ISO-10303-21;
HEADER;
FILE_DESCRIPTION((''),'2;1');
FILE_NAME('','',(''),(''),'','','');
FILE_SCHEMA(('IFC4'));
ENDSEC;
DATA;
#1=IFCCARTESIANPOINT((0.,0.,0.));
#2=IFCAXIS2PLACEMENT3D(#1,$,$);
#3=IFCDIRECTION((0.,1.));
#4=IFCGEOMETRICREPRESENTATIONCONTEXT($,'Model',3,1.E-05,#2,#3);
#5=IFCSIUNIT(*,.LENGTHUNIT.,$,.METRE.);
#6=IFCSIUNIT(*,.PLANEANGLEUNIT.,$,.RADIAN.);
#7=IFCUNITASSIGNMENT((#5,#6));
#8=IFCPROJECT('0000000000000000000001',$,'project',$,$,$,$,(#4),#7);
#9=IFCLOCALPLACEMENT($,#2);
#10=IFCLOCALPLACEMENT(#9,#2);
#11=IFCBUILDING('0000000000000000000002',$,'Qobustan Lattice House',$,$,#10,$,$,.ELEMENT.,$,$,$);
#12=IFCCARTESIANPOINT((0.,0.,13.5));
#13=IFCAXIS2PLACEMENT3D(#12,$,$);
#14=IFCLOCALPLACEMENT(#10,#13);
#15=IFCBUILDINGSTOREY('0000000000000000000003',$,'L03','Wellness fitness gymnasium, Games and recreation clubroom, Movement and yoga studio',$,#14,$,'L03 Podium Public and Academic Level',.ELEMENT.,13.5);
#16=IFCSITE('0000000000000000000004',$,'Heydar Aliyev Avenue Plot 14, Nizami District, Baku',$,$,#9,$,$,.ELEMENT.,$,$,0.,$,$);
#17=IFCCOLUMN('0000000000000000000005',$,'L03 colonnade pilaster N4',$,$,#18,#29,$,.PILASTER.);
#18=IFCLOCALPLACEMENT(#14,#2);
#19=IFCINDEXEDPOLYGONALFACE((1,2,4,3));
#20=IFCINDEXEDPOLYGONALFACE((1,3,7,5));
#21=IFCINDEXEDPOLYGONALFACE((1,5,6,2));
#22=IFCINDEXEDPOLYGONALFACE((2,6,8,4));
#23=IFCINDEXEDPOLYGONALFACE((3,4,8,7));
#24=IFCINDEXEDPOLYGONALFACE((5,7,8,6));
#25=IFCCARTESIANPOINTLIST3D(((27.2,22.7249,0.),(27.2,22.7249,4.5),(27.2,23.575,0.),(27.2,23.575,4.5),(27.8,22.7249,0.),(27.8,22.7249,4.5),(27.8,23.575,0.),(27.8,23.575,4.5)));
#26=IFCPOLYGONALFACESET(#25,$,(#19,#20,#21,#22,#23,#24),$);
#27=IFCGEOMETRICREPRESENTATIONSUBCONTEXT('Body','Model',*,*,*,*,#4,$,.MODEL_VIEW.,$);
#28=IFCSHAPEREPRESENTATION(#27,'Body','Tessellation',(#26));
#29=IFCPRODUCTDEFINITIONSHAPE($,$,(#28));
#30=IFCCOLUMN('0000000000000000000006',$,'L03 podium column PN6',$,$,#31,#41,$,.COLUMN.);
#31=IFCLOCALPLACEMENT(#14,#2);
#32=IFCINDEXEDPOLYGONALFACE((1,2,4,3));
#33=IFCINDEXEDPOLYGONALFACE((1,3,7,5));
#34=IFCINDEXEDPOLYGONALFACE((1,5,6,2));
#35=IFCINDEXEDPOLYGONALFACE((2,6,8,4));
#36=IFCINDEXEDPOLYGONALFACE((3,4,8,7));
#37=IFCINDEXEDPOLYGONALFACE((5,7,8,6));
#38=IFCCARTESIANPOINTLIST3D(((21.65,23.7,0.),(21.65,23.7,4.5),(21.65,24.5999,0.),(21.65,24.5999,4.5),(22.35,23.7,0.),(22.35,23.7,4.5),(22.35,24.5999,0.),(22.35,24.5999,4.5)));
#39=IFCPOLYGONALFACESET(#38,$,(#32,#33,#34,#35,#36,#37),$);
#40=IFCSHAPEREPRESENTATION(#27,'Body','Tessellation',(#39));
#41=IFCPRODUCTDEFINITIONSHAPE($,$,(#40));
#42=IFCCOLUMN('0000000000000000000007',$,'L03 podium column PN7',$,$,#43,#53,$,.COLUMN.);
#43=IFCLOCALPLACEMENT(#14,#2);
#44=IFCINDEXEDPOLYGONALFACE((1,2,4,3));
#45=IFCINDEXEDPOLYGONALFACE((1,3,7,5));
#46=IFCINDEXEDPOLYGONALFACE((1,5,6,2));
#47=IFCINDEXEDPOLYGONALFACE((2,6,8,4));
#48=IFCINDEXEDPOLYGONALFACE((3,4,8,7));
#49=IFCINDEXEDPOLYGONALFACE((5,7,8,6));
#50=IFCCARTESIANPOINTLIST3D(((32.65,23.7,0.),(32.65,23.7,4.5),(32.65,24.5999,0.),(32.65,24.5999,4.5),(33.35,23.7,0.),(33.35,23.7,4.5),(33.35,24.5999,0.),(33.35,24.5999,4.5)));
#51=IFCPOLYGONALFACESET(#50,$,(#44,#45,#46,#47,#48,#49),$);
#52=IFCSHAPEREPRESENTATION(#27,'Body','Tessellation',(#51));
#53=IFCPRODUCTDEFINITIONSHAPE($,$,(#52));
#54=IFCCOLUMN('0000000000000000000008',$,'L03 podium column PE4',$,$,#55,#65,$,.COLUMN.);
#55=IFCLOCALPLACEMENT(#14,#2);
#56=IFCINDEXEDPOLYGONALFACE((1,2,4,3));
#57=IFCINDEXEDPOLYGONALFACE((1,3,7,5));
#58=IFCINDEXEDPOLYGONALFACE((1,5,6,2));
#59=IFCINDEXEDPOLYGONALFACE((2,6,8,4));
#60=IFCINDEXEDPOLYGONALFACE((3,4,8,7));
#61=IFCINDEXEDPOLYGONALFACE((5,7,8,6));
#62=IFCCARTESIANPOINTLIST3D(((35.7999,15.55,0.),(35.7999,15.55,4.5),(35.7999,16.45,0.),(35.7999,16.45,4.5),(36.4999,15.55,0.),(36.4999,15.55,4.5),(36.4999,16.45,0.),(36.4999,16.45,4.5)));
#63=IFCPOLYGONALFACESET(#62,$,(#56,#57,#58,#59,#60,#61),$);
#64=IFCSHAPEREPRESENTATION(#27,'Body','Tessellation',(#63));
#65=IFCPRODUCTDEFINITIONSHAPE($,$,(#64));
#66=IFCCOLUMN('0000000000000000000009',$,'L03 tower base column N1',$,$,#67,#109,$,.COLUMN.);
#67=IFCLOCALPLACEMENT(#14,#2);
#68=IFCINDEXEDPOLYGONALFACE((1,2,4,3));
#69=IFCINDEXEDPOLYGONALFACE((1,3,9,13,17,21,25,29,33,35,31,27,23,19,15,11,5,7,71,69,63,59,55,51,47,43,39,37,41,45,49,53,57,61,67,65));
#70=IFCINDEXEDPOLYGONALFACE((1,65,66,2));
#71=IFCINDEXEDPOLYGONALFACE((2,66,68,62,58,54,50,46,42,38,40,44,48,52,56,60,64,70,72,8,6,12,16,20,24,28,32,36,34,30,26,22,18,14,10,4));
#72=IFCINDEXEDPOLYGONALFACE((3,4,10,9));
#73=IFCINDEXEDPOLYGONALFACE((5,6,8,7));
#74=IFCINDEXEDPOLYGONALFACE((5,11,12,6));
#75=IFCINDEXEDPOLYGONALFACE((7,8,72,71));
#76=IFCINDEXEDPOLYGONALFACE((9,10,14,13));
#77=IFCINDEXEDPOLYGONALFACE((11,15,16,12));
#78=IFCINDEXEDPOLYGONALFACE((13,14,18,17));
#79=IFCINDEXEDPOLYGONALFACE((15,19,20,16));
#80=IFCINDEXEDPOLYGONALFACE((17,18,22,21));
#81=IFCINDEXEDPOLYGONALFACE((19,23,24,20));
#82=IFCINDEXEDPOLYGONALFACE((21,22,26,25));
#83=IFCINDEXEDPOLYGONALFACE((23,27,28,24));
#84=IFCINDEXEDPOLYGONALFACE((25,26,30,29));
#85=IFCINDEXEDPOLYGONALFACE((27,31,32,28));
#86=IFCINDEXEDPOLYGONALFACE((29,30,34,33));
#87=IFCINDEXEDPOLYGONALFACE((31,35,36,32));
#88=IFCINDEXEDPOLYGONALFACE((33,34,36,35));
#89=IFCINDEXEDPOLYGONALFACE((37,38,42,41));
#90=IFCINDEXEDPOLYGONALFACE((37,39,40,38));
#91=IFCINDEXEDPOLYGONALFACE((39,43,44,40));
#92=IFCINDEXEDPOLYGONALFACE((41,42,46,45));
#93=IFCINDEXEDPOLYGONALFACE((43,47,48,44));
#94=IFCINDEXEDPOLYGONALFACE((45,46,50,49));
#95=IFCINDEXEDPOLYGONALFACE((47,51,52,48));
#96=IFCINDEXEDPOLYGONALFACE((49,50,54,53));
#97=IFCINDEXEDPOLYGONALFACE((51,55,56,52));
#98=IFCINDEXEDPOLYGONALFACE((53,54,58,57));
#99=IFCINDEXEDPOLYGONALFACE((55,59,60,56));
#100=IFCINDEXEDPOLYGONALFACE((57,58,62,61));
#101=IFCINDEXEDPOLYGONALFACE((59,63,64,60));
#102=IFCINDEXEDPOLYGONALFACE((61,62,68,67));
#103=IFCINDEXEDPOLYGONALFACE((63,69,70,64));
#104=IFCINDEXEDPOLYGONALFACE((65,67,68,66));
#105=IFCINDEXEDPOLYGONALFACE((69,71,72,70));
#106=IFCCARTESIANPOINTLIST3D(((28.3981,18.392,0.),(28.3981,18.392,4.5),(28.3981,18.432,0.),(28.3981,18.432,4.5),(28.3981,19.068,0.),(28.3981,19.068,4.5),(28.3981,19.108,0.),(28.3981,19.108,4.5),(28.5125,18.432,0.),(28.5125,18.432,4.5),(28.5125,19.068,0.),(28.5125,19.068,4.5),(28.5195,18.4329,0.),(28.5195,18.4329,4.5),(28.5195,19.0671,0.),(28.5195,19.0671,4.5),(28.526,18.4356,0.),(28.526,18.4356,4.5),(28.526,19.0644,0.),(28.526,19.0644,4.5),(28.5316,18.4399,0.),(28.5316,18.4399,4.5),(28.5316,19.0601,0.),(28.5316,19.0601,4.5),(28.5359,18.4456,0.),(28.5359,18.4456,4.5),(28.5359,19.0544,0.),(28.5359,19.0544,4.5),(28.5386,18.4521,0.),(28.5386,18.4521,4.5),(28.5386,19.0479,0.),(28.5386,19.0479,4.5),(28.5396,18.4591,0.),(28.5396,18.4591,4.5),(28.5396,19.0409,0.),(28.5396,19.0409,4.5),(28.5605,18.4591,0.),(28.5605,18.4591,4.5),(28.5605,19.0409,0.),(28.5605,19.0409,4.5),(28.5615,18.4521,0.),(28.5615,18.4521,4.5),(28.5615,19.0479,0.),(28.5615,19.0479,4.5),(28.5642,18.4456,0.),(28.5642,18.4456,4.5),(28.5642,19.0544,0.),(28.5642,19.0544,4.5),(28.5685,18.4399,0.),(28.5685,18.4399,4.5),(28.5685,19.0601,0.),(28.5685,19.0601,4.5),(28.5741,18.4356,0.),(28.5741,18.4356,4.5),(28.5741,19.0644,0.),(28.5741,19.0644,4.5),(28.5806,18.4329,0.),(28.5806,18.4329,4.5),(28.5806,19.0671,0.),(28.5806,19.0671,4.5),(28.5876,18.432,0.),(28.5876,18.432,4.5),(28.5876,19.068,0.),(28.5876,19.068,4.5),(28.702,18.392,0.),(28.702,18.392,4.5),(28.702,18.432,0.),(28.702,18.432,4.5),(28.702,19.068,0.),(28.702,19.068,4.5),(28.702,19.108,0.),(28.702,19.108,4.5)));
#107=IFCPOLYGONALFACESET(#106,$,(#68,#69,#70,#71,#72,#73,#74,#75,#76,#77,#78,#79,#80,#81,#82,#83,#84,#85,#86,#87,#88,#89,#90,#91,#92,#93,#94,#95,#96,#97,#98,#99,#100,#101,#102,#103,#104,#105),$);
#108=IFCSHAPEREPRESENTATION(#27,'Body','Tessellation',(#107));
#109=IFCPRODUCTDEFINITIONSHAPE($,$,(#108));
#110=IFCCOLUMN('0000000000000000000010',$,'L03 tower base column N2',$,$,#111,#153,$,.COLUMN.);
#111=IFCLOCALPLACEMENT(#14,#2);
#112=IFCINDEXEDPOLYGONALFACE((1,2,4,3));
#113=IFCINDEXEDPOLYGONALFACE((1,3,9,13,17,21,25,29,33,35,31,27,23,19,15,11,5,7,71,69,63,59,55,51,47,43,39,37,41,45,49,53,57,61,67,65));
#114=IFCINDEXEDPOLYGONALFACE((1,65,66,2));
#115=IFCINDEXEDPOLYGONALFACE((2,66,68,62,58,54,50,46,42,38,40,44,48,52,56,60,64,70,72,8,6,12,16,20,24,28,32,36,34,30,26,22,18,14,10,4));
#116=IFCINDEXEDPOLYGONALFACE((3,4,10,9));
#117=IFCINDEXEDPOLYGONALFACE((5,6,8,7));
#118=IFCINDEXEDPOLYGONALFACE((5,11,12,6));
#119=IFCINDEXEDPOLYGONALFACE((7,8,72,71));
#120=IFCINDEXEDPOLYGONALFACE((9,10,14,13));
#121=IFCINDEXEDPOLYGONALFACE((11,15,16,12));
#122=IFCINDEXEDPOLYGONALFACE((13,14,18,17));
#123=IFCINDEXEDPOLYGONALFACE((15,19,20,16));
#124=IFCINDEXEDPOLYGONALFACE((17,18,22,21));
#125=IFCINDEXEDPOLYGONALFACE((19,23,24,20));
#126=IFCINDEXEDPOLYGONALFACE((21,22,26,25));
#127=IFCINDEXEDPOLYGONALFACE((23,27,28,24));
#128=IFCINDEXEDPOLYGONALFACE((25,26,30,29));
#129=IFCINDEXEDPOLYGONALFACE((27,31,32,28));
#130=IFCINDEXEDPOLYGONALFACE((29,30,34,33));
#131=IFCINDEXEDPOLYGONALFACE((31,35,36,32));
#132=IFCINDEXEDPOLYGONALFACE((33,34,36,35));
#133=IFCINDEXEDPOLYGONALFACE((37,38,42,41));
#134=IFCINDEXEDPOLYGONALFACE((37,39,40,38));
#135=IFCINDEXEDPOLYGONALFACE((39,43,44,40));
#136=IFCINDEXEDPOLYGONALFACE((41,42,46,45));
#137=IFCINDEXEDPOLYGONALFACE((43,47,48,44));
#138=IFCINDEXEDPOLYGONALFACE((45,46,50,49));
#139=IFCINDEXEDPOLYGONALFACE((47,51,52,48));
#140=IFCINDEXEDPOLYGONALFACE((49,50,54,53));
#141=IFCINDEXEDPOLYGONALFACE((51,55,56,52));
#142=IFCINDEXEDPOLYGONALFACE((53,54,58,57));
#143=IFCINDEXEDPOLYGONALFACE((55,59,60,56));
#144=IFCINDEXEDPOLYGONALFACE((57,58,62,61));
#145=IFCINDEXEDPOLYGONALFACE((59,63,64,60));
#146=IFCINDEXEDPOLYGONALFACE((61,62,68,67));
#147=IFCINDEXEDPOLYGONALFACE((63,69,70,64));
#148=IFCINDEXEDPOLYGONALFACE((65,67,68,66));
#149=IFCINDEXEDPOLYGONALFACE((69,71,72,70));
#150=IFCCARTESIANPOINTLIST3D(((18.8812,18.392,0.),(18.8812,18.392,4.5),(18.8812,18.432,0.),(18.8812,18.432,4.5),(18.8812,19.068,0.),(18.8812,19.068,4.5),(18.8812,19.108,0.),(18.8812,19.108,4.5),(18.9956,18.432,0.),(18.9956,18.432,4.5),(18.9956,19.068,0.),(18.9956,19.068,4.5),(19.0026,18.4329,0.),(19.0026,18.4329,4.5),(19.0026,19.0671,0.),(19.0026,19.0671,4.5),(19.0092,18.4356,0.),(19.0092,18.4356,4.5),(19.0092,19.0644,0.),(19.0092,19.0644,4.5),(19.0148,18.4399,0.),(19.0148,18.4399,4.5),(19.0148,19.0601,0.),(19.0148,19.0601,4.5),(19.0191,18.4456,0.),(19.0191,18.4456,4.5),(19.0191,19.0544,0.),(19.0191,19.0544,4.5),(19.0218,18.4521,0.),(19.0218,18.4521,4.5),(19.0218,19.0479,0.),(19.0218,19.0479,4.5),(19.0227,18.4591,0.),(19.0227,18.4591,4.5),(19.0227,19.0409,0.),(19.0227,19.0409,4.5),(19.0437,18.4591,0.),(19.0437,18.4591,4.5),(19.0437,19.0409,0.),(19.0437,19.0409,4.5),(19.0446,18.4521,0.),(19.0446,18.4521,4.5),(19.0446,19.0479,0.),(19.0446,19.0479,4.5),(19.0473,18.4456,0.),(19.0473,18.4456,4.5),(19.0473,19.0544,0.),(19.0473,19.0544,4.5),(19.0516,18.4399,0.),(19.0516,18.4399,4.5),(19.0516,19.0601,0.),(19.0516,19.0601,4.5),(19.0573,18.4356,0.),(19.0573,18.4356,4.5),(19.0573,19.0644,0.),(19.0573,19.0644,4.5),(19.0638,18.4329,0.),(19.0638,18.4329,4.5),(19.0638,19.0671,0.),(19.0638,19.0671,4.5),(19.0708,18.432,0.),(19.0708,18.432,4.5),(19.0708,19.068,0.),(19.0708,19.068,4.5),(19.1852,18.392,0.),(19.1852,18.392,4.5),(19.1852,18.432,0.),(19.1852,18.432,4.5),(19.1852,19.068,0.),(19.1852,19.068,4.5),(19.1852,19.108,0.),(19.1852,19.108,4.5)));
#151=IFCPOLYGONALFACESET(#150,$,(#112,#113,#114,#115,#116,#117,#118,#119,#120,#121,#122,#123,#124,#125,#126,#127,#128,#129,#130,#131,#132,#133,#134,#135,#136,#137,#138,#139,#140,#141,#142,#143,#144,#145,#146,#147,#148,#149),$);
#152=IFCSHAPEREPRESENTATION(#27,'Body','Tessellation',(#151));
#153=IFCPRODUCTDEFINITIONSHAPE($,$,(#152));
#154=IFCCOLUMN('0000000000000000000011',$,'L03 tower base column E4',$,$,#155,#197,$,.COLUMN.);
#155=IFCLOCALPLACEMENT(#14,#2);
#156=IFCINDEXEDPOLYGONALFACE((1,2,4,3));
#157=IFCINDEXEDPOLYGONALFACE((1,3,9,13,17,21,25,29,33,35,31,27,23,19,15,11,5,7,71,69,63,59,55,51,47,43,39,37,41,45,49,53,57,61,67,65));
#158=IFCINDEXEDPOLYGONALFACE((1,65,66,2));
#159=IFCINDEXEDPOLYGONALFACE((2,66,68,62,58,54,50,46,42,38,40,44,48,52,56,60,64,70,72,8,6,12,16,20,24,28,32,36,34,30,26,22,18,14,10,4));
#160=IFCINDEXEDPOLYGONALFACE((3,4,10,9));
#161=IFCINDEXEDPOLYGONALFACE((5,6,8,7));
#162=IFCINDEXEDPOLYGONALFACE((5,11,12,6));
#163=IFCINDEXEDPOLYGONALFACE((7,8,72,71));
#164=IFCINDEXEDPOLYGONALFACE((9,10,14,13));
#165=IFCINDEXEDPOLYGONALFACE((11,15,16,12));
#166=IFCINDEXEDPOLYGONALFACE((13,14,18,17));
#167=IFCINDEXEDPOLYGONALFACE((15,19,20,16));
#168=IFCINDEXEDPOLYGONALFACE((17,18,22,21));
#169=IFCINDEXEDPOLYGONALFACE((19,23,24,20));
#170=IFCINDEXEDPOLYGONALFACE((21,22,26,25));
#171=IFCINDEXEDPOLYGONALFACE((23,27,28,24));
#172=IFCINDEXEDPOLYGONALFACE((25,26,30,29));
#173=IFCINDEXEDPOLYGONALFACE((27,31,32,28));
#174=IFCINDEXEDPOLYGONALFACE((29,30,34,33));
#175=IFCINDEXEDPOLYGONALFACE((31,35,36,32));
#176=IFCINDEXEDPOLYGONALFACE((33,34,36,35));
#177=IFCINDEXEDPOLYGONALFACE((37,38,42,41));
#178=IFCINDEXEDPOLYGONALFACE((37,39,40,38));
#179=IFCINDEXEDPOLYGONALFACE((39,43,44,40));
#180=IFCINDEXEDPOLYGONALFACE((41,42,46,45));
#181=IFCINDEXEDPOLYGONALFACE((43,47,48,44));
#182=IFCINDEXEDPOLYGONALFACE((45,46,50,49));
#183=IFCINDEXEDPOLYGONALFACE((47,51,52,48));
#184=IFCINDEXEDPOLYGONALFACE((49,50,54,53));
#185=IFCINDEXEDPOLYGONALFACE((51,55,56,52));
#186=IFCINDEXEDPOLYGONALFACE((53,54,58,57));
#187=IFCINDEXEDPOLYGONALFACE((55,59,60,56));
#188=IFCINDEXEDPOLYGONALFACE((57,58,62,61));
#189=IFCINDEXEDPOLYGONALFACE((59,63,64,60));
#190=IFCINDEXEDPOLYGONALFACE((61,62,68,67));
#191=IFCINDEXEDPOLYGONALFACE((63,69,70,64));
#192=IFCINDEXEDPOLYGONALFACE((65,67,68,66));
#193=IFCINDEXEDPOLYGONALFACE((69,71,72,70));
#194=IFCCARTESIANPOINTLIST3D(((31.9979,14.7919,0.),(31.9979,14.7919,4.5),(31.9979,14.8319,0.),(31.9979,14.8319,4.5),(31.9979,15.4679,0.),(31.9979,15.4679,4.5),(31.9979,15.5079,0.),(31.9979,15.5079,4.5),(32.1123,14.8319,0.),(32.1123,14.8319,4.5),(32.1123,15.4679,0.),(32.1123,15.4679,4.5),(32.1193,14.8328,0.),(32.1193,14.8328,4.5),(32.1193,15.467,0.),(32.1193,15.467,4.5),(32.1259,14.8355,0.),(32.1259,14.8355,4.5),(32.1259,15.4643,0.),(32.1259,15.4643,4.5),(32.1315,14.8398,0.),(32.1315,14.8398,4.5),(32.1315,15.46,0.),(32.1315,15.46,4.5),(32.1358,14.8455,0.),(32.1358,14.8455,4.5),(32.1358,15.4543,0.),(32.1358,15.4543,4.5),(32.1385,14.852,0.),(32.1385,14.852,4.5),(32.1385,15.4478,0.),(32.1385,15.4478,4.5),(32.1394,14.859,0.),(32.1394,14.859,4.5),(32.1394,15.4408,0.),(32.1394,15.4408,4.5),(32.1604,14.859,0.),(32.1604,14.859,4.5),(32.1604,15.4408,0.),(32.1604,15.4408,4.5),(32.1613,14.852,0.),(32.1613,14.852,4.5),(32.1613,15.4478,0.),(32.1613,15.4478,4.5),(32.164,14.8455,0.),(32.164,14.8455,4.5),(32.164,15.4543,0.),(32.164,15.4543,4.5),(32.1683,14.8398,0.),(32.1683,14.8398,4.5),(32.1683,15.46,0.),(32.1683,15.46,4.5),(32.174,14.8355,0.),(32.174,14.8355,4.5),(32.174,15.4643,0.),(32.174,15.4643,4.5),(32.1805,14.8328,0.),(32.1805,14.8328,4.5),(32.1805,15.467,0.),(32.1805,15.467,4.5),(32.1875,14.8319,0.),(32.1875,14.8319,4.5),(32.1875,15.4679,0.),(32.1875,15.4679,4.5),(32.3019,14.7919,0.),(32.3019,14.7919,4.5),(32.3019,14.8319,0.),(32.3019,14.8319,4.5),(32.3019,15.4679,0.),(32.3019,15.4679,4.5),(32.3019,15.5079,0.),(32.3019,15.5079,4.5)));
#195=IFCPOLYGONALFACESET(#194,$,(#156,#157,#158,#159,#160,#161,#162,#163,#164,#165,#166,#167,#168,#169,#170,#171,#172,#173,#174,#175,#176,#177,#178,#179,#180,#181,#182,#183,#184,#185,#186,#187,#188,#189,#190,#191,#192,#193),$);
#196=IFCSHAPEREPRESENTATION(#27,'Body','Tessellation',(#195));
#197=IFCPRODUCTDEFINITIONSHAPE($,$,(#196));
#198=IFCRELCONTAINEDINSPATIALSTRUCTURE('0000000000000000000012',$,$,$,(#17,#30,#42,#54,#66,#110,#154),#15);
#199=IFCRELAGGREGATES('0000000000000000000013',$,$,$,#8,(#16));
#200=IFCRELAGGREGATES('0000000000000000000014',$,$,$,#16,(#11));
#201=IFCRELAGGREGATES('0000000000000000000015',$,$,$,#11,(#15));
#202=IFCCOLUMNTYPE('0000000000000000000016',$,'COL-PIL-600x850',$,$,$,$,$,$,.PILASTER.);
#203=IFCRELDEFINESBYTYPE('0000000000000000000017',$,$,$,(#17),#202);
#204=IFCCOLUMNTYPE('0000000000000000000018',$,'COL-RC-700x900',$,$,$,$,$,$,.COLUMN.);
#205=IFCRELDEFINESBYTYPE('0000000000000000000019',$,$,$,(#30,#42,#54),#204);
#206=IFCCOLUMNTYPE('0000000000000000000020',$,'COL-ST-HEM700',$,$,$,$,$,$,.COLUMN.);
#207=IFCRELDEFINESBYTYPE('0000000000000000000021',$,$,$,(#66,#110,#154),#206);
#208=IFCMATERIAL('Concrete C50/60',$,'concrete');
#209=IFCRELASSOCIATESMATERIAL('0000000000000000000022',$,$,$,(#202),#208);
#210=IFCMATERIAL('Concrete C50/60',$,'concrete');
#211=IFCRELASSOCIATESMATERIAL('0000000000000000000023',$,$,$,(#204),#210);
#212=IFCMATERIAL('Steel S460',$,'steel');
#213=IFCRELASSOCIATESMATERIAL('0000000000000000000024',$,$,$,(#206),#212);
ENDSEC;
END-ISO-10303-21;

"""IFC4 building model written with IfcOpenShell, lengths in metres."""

from ifc_helpers import new_model, si_unit, direction, frame, origin, origin_2d, place, context, subcontext, project, spatial, rectangle, i_section, extrude, material, material_profile, profile_set, type_object, element, save


model = new_model("IFC4")

# Units and contexts
model_context = context("Model", 3, precision=1e-05, world=origin(), true_north=direction((0.0, 1.0)))
body_context = subcontext(model_context, "Body", "Model", "MODEL_VIEW")
ifc_project = project(units=[si_unit("LENGTHUNIT", "METRE"), si_unit("PLANEANGLEUNIT", "RADIAN")], contexts=[model_context])

# Site, building, storey
site_placement = place(None, origin())
site = spatial("IfcSite", under=ifc_project, at=site_placement, Name="Heydar Aliyev Avenue Plot 14, Nizami District, Baku", CompositionType="ELEMENT", RefElevation=0.0)
building_placement = place(site_placement, origin())
building = spatial("IfcBuilding", under=site, at=building_placement, Name="Qobustan Lattice House", CompositionType="ELEMENT")
storey_placement = place(building_placement, frame((0.0, 0.0, 13.5)))
storey = spatial("IfcBuildingStorey", under=building, at=storey_placement, Name="L03", Description="Wellness fitness gymnasium, Games and recreation clubroom, Movement and yoga studio", LongName="L03 Podium Public and Academic Level", CompositionType="ELEMENT", Elevation=13.5)

# Columns
ifc_material_1 = material(Name="Concrete C50/60", Category="concrete")
ifc_material_profile_1 = material_profile(ifc_material_1, rectangle(XDim=0.6001, YDim=0.8501, at=origin_2d()), Name="RC600x850")
ifc_profile_set_1 = profile_set([ifc_material_profile_1], Name="Concrete C50/60")
column_type_1 = type_object("IfcColumnType", Name="COL-PIL-600x850", PredefinedType="PILASTER", material=ifc_profile_set_1)
column_placement = place(storey_placement, frame((27.5, 23.1499, 0.0), z_axis=(0.0, 0.0, 1.0), x_axis=(1.0, 0.0, 0.0)))
element("IfcColumn", 1, at=column_placement, inside=storey, type_object=column_type_1, Name="L03 colonnade pilaster N4", PredefinedType="PILASTER", context=body_context, shape_type="SweptSolid", body=[
    extrude(rectangle(XDim=0.6001, YDim=0.8501, at=origin_2d()), origin(), (0.0, 0.0, 1.0), 4.5),
])
ifc_material_2 = material(Name="Concrete C50/60", Category="concrete")
ifc_material_profile_2 = material_profile(ifc_material_2, rectangle(XDim=0.7, YDim=0.8999, at=origin_2d()), Name="RC700x900")
ifc_profile_set_2 = profile_set([ifc_material_profile_2], Name="Concrete C50/60")
column_type_2 = type_object("IfcColumnType", Name="COL-RC-700x900", PredefinedType="COLUMN", material=ifc_profile_set_2)
for number, where, z_axis, x_axis, name in (
    (2, (22.0, 24.1499, 0.0), (0.0, 0.0, 1.0), (1.0, 0.0, 0.0), "L03 podium column PN6"),
    (3, (33.0, 24.1499, 0.0), (0.0, 0.0, 1.0), (1.0, 0.0, 0.0), "L03 podium column PN7"),
    (4, (36.1499, 16.0, 0.0), (0.0, 0.0, 1.0), (1.0, 0.0, 0.0), "L03 podium column PE4"),
):
    element("IfcColumn", number, at=place(storey_placement, frame(where, z_axis=z_axis, x_axis=x_axis)), inside=storey, type_object=column_type_2, Name=name, PredefinedType="COLUMN", context=body_context, shape_type="SweptSolid", body=[
        extrude(rectangle(XDim=0.7, YDim=0.8999, at=origin_2d()), origin(), (0.0, 0.0, 1.0), 4.5),
    ])
ifc_material_3 = material(Name="Steel S460", Category="steel")
ifc_material_profile_3 = material_profile(ifc_material_3, i_section(OverallWidth=0.304, OverallDepth=0.7161, WebThickness=0.021, FlangeThickness=0.04, FilletRadius=0.0271, at=origin_2d()), Name="HEM700")
ifc_profile_set_3 = profile_set([ifc_material_profile_3], Name="Steel S460")
column_type_3 = type_object("IfcColumnType", Name="COL-ST-HEM700", PredefinedType="COLUMN", material=ifc_profile_set_3)
for number, where, z_axis, x_axis, name in (
    (5, (28.55, 18.75, 0.0), (0.0, 0.0, 1.0), (1.0, 0.0, 0.0), "L03 tower base column N1"),
    (6, (19.0332, 18.75, 0.0), (0.0, 0.0, 1.0), (1.0, 0.0, 0.0), "L03 tower base column N2"),
    (7, (32.1499, 15.1499, 0.0), (0.0, 0.0, 1.0), (1.0, 0.0, 0.0), "L03 tower base column E4"),
):
    element("IfcColumn", number, at=place(storey_placement, frame(where, z_axis=z_axis, x_axis=x_axis)), inside=storey, type_object=column_type_3, Name=name, PredefinedType="COLUMN", context=body_context, shape_type="SweptSolid", body=[
        extrude(i_section(OverallWidth=0.304, OverallDepth=0.7161, WebThickness=0.021, FlangeThickness=0.04, FilletRadius=0.0271, at=origin_2d()), origin(), (0.0, 0.0, 1.0), 4.5),
    ])

save(model, "model.ifc")
